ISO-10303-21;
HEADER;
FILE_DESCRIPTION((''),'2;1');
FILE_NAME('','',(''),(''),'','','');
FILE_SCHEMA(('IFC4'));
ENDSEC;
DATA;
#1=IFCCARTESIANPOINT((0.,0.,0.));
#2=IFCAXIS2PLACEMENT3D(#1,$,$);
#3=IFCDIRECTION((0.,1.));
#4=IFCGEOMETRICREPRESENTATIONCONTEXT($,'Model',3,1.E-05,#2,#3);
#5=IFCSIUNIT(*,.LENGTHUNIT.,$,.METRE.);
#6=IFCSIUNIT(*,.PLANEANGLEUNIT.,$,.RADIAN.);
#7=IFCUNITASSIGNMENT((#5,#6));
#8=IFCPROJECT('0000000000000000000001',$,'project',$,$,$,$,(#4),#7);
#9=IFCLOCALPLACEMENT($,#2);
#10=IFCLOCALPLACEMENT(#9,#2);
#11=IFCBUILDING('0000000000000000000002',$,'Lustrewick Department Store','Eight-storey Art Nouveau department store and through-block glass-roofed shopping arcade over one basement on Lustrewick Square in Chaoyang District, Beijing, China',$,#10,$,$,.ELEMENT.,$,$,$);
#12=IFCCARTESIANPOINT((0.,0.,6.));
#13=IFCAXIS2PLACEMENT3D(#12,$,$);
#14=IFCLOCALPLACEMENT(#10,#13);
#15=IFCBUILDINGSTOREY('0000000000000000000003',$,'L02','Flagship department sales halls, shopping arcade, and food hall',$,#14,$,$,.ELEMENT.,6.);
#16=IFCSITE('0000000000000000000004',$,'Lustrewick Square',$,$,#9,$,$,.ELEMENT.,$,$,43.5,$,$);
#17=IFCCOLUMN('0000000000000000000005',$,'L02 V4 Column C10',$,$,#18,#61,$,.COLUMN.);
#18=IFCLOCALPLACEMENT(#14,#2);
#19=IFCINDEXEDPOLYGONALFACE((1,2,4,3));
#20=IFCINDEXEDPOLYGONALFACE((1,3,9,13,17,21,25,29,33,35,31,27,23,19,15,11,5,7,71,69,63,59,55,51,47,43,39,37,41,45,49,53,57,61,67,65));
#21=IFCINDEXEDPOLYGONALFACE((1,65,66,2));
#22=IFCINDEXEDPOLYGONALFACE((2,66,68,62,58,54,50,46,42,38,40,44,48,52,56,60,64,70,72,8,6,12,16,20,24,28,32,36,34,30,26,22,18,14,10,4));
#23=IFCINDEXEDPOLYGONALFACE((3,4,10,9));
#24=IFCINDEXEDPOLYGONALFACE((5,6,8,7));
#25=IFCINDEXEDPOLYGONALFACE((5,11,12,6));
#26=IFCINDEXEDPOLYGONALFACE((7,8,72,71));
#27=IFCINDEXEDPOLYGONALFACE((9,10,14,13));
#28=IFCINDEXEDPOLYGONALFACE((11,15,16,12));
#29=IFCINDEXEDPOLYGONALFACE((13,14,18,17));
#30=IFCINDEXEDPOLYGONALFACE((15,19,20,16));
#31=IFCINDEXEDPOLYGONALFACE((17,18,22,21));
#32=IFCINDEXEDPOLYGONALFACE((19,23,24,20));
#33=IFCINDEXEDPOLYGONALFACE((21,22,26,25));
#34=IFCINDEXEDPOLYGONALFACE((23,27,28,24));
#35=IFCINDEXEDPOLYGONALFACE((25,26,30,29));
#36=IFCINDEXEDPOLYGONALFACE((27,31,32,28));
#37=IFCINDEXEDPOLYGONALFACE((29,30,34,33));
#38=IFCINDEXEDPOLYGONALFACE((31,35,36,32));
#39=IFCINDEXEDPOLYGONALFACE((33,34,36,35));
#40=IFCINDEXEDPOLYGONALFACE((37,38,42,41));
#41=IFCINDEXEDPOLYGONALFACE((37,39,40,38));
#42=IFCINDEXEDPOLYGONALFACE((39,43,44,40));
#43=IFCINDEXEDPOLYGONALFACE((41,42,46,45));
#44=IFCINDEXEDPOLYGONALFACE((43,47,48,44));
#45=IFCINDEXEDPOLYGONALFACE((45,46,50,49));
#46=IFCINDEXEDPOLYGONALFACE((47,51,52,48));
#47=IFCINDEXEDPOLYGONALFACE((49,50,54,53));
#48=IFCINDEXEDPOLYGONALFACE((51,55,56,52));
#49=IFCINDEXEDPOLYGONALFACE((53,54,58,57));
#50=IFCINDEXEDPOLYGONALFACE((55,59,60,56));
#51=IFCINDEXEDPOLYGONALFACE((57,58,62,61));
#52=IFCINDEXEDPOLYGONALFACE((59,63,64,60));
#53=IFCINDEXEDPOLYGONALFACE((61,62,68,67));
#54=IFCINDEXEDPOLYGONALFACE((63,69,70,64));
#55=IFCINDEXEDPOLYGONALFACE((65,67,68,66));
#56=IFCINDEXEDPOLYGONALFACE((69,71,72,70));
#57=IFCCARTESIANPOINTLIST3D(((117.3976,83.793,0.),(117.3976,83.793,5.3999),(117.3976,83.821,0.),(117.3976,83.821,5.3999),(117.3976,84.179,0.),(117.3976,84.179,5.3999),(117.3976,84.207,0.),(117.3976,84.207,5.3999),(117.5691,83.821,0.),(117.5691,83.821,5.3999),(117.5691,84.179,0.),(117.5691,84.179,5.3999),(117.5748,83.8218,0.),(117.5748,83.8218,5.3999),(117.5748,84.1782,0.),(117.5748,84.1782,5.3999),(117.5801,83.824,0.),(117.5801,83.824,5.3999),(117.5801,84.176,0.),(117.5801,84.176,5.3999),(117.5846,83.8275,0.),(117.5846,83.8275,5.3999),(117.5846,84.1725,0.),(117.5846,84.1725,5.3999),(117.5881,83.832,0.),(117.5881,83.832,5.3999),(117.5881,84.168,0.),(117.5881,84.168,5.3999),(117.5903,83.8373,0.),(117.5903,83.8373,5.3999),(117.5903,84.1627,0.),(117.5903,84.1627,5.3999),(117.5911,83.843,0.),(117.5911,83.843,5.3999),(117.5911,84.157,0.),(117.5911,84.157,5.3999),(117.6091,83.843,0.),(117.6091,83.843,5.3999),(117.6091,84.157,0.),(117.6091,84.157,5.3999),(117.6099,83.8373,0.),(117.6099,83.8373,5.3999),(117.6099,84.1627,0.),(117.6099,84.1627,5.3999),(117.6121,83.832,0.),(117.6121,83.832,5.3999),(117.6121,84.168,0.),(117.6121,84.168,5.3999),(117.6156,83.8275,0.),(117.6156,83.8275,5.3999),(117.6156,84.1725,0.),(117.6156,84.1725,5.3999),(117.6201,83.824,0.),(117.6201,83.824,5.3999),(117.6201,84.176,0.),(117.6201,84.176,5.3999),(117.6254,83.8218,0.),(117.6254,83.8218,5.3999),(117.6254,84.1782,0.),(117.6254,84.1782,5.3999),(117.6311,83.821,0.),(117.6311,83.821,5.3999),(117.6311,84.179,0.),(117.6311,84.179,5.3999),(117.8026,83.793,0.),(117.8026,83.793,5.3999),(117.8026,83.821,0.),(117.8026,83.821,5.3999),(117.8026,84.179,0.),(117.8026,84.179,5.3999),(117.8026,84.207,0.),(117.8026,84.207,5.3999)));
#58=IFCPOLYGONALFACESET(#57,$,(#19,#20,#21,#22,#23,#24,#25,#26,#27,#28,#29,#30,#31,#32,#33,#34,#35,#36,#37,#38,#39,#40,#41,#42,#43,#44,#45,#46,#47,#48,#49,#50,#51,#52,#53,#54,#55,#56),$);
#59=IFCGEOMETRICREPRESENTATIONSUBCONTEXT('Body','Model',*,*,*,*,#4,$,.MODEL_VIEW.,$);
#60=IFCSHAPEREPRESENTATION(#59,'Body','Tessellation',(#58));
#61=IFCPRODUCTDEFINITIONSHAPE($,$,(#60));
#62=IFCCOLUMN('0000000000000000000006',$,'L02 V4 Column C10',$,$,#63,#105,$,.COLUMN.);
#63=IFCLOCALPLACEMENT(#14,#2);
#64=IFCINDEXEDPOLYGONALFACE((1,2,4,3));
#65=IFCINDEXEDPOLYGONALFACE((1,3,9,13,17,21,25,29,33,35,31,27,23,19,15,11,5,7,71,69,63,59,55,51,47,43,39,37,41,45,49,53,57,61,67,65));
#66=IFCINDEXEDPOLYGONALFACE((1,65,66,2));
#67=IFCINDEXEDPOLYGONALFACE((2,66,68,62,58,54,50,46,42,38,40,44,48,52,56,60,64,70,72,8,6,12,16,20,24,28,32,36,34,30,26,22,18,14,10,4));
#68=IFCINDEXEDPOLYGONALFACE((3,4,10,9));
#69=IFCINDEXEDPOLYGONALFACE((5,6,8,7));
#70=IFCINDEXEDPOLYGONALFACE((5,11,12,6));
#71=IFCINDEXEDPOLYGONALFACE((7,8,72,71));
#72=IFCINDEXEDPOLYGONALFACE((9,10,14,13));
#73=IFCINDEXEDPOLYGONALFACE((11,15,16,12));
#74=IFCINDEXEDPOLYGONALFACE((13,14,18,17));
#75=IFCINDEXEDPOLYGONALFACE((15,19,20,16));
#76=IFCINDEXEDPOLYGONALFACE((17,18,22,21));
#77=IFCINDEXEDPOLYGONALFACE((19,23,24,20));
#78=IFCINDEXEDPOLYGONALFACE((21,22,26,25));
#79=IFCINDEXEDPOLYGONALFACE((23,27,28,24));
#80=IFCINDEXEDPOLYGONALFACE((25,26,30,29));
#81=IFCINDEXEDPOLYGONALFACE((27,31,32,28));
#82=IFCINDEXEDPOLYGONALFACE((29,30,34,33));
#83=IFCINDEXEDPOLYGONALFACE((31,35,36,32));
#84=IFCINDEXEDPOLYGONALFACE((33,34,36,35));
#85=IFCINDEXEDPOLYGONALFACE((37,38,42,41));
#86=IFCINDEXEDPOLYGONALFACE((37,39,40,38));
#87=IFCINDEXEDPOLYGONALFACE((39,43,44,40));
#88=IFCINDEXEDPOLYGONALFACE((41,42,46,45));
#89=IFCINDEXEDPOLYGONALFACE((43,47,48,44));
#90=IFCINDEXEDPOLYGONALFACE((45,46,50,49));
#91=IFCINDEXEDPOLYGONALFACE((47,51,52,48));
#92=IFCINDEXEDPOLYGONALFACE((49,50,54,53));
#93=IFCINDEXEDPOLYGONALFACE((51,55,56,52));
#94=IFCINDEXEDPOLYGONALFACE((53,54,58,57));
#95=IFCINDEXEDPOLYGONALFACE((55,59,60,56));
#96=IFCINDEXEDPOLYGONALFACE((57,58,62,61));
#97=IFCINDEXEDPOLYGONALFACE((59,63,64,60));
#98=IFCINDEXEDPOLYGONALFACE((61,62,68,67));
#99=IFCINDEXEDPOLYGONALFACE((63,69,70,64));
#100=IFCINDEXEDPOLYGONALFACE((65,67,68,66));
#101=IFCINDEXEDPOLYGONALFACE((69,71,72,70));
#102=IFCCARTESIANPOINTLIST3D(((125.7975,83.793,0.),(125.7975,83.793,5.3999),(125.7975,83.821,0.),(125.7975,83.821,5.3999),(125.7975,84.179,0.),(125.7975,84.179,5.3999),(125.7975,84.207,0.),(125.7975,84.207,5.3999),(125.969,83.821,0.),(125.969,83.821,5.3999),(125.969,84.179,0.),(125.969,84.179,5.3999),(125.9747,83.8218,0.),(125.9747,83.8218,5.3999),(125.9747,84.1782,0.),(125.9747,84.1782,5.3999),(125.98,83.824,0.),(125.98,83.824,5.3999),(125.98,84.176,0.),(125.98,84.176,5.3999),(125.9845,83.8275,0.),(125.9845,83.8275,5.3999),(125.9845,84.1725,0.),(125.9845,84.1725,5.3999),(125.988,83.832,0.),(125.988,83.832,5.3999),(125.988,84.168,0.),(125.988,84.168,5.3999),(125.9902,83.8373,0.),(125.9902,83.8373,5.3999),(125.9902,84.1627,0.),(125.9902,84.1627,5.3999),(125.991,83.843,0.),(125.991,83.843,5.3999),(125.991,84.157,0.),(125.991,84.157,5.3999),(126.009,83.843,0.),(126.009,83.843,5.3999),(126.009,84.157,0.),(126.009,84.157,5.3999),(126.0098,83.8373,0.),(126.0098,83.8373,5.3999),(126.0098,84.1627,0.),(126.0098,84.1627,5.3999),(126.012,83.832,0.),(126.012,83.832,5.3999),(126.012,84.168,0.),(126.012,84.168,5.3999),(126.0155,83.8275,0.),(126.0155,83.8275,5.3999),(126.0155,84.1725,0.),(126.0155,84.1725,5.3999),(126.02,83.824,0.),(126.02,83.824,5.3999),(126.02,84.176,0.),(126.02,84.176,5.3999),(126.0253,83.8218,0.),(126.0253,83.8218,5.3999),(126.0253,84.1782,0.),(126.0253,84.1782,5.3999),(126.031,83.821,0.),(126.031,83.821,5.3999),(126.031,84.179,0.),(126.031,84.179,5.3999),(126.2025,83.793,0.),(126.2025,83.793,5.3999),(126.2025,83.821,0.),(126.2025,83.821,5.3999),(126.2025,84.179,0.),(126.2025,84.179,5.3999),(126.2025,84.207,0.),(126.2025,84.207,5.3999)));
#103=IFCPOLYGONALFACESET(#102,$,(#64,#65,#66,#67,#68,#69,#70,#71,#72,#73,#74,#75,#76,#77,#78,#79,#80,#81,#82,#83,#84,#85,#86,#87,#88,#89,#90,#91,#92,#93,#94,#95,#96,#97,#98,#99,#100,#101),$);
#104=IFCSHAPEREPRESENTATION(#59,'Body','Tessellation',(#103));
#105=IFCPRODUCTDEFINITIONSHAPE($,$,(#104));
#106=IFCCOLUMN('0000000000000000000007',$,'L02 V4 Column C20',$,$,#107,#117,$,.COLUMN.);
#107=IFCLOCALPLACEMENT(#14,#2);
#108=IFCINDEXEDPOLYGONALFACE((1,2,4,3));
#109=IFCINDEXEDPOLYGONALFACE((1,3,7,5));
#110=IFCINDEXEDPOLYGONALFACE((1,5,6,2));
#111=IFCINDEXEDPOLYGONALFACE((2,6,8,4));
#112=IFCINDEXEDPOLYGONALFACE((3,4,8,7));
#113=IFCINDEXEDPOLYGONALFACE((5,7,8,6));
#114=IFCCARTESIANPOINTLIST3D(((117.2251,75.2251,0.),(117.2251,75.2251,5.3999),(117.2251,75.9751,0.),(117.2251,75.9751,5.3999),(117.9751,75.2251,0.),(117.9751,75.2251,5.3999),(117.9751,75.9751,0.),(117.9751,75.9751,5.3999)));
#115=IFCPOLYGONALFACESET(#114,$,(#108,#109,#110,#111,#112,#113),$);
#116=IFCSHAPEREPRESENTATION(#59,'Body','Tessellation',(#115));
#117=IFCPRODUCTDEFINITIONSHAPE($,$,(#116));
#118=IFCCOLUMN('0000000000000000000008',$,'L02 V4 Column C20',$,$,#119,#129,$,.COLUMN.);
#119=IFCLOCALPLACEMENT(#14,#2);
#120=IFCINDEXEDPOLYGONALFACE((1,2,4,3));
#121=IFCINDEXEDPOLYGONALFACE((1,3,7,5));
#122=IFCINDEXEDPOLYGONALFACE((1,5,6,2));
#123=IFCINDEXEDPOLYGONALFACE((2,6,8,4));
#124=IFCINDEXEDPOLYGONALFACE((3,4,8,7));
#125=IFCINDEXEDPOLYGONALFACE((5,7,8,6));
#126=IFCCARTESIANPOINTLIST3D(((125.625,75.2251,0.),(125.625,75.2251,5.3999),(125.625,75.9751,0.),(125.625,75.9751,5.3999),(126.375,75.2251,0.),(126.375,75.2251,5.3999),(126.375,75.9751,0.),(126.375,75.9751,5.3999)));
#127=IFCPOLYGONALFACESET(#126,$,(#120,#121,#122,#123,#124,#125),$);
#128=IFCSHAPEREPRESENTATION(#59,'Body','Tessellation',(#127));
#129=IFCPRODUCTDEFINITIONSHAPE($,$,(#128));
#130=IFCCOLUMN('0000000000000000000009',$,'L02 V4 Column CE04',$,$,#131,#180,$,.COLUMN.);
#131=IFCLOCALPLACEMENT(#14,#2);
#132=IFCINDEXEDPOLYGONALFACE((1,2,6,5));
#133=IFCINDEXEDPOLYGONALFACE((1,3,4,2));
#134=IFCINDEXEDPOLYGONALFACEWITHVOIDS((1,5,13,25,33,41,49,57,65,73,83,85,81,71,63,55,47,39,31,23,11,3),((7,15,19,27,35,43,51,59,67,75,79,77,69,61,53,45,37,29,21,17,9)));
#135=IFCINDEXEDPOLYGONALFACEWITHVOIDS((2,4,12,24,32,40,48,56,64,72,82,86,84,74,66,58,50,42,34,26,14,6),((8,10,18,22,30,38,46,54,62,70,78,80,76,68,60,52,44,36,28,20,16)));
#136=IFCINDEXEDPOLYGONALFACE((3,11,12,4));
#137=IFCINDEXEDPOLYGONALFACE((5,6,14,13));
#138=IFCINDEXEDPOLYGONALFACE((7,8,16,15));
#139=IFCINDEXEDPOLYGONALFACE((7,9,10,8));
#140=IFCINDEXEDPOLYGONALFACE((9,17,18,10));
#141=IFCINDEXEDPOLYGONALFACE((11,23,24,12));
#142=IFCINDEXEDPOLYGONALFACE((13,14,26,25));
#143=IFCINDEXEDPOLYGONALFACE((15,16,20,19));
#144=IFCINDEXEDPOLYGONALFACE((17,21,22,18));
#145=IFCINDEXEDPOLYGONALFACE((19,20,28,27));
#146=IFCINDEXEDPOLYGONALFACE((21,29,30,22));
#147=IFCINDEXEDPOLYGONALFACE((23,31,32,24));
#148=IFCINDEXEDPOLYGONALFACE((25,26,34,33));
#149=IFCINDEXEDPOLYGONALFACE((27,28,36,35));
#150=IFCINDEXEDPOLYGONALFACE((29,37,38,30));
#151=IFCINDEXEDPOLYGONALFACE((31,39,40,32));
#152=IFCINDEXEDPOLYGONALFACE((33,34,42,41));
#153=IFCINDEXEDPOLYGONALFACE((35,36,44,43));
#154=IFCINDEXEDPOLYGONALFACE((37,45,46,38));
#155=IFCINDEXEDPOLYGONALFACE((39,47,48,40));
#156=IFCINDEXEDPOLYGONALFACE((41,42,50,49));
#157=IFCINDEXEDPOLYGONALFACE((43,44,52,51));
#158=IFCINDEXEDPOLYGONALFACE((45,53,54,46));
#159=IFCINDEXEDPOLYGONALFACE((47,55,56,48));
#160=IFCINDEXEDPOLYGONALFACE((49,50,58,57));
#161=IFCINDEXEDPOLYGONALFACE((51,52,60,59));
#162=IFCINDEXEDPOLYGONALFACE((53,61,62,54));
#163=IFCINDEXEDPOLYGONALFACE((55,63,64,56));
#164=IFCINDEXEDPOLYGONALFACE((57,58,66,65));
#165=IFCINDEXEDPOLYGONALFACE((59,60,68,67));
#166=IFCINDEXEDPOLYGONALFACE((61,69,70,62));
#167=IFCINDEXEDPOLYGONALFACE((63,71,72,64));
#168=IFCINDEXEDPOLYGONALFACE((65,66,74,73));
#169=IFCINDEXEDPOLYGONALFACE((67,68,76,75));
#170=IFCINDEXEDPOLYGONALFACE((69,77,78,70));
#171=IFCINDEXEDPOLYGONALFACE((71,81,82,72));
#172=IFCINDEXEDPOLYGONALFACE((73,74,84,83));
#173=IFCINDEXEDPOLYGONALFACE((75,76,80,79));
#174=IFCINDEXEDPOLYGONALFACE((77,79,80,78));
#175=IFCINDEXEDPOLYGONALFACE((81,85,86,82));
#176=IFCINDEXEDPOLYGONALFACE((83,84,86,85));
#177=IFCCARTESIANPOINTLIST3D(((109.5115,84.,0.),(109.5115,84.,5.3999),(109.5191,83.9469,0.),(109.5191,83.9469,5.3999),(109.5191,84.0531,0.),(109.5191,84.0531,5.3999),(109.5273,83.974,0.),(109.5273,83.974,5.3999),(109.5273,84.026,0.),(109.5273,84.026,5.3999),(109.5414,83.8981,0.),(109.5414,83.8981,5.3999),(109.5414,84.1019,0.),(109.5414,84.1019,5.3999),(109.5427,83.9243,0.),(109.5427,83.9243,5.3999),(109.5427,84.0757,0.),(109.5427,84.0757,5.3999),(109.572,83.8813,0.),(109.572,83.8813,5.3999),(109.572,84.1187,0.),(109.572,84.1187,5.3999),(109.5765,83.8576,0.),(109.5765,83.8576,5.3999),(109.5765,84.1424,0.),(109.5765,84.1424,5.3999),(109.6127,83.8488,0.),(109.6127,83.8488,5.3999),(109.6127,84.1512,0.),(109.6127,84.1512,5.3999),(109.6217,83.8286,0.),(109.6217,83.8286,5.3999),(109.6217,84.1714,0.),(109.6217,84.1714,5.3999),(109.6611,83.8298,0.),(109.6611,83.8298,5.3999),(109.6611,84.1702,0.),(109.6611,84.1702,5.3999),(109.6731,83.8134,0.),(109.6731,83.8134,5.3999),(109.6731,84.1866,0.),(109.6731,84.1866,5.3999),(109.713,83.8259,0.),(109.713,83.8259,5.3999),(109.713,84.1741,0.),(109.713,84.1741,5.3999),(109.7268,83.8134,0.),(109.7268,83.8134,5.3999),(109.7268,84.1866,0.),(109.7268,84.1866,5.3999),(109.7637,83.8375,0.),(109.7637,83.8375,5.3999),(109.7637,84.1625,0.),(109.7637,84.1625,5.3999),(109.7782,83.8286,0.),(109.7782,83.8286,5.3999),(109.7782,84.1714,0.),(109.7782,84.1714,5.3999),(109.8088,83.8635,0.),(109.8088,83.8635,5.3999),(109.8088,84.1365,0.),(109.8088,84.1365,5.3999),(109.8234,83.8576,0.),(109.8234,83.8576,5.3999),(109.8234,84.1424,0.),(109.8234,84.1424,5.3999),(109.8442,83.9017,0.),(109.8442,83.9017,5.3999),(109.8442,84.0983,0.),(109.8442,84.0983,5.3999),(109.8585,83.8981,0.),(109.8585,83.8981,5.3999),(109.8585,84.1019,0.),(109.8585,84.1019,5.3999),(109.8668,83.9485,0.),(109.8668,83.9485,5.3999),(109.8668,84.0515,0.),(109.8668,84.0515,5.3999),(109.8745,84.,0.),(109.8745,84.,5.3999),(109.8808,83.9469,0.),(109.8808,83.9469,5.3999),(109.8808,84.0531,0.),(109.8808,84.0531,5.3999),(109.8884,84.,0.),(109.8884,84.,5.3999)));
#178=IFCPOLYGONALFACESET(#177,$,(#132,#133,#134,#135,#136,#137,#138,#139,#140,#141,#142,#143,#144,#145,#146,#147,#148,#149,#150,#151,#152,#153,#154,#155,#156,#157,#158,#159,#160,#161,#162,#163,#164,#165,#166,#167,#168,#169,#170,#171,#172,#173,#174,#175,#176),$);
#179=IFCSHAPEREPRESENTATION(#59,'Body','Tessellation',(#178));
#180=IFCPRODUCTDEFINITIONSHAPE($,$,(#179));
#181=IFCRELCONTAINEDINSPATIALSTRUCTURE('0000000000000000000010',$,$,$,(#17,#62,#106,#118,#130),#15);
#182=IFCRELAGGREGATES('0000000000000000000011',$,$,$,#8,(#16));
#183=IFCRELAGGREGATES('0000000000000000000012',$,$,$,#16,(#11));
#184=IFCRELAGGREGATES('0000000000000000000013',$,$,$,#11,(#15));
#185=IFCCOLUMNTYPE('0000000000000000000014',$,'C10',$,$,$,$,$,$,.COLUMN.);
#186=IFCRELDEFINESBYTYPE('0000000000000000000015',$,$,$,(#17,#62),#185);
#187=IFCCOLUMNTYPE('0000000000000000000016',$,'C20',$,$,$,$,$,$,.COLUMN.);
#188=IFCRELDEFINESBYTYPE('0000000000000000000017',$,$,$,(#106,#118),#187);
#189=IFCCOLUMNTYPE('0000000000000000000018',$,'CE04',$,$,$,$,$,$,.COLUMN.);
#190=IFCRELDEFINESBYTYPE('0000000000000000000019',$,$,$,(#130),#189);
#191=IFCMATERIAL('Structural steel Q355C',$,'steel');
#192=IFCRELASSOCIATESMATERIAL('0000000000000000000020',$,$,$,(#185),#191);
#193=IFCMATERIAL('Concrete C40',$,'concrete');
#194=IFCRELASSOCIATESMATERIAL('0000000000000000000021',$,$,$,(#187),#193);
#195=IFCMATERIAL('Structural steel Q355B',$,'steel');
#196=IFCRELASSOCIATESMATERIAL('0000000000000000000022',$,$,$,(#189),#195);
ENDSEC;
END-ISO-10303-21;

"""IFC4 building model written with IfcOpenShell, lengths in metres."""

from ifc_helpers import new_model, si_unit, direction, frame, origin, origin_2d, place, context, subcontext, project, spatial, rectangle, hollow_circle, i_section, extrude, material, material_profile, profile_set, type_object, element, save


model = new_model("IFC4")

# Units and contexts
model_context = context("Model", 3, precision=1e-05, world=origin(), true_north=direction((0.0, 1.0)))
body_context = subcontext(model_context, "Body", "Model", "MODEL_VIEW")
ifc_project = project(units=[si_unit("LENGTHUNIT", "METRE"), si_unit("PLANEANGLEUNIT", "RADIAN")], contexts=[model_context])

# Site, building, storey
site_placement = place(None, origin())
site = spatial("IfcSite", under=ifc_project, at=site_placement, Name="Lustrewick Square", CompositionType="ELEMENT", RefElevation=43.5)
building_placement = place(site_placement, origin())
building = spatial("IfcBuilding", under=site, at=building_placement, Name="Lustrewick Department Store", Description="Eight-storey Art Nouveau department store and through-block glass-roofed shopping arcade over one basement on Lustrewick Square in Chaoyang District, Beijing, China", CompositionType="ELEMENT")
storey_placement = place(building_placement, frame((0.0, 0.0, 6.0)))
storey = spatial("IfcBuildingStorey", under=building, at=storey_placement, Name="L02", Description="Flagship department sales halls, shopping arcade, and food hall", CompositionType="ELEMENT", Elevation=6.0)

# Columns
ifc_material_1 = material(Name="Structural steel Q355C", Category="steel")
ifc_material_profile_1 = material_profile(ifc_material_1, i_section(OverallWidth=0.405, OverallDepth=0.4141, WebThickness=0.0181, FlangeThickness=0.0281, FilletRadius=0.022, at=origin_2d()), Name="HW 414x405x18x28")
ifc_profile_set_1 = profile_set([ifc_material_profile_1], Name="Structural steel Q355C")
column_type_1 = type_object("IfcColumnType", Name="C10", PredefinedType="COLUMN", material=ifc_profile_set_1)
for number, where, z_axis, x_axis, name in (
    (1, (117.6001, 84.0, 0.0), (0.0, 0.0, 1.0), (1.0, 0.0, 0.0), "L02 V4 Column C10"),
    (2, (126.0, 84.0, 0.0), (0.0, 0.0, 1.0), (1.0, 0.0, 0.0), "L02 V4 Column C10"),
):
    element("IfcColumn", number, at=place(storey_placement, frame(where, z_axis=z_axis, x_axis=x_axis)), inside=storey, type_object=column_type_1, Name=name, PredefinedType="COLUMN", context=body_context, shape_type="SweptSolid", body=[
        extrude(i_section(OverallWidth=0.405, OverallDepth=0.4141, WebThickness=0.0181, FlangeThickness=0.0281, FilletRadius=0.022, at=origin_2d()), origin(), (0.0, 0.0, 1.0), 5.3999),
    ])
ifc_material_2 = material(Name="Concrete C40", Category="concrete")
ifc_material_profile_2 = material_profile(ifc_material_2, rectangle(XDim=0.75, YDim=0.75, at=origin_2d()), Name="RC 750x750")
ifc_profile_set_2 = profile_set([ifc_material_profile_2], Name="Concrete C40")
column_type_2 = type_object("IfcColumnType", Name="C20", PredefinedType="COLUMN", material=ifc_profile_set_2)
for number, where, z_axis, x_axis, name in (
    (3, (117.6001, 75.6001, 0.0), (0.0, 0.0, 1.0), (1.0, 0.0, 0.0), "L02 V4 Column C20"),
    (4, (126.0, 75.6001, 0.0), (0.0, 0.0, 1.0), (1.0, 0.0, 0.0), "L02 V4 Column C20"),
):
    element("IfcColumn", number, at=place(storey_placement, frame(where, z_axis=z_axis, x_axis=x_axis)), inside=storey, type_object=column_type_2, Name=name, PredefinedType="COLUMN", context=body_context, shape_type="SweptSolid", body=[
        extrude(rectangle(XDim=0.75, YDim=0.75, at=origin_2d()), origin(), (0.0, 0.0, 1.0), 5.3999),
    ])
ifc_material_3 = material(Name="Structural steel Q355B", Category="steel")
ifc_material_profile_3 = material_profile(ifc_material_3, hollow_circle(Radius=0.1885, WallThickness=0.0139, at=origin_2d()), Name="CHS 377x14")
ifc_profile_set_3 = profile_set([ifc_material_profile_3], Name="Structural steel Q355B")
column_type_3 = type_object("IfcColumnType", Name="CE04", PredefinedType="COLUMN", material=ifc_profile_set_3)
column_placement = place(storey_placement, frame((109.7, 84.0, 0.0), z_axis=(0.0, 0.0, 1.0), x_axis=(1.0, 0.0, 0.0)))
element("IfcColumn", 5, at=column_placement, inside=storey, type_object=column_type_3, Name="L02 V4 Column CE04", PredefinedType="COLUMN", context=body_context, shape_type="SweptSolid", body=[
    extrude(hollow_circle(Radius=0.1885, WallThickness=0.0139, at=origin_2d()), origin(), (0.0, 0.0, 1.0), 5.3999),
])

save(model, "model.ifc")
